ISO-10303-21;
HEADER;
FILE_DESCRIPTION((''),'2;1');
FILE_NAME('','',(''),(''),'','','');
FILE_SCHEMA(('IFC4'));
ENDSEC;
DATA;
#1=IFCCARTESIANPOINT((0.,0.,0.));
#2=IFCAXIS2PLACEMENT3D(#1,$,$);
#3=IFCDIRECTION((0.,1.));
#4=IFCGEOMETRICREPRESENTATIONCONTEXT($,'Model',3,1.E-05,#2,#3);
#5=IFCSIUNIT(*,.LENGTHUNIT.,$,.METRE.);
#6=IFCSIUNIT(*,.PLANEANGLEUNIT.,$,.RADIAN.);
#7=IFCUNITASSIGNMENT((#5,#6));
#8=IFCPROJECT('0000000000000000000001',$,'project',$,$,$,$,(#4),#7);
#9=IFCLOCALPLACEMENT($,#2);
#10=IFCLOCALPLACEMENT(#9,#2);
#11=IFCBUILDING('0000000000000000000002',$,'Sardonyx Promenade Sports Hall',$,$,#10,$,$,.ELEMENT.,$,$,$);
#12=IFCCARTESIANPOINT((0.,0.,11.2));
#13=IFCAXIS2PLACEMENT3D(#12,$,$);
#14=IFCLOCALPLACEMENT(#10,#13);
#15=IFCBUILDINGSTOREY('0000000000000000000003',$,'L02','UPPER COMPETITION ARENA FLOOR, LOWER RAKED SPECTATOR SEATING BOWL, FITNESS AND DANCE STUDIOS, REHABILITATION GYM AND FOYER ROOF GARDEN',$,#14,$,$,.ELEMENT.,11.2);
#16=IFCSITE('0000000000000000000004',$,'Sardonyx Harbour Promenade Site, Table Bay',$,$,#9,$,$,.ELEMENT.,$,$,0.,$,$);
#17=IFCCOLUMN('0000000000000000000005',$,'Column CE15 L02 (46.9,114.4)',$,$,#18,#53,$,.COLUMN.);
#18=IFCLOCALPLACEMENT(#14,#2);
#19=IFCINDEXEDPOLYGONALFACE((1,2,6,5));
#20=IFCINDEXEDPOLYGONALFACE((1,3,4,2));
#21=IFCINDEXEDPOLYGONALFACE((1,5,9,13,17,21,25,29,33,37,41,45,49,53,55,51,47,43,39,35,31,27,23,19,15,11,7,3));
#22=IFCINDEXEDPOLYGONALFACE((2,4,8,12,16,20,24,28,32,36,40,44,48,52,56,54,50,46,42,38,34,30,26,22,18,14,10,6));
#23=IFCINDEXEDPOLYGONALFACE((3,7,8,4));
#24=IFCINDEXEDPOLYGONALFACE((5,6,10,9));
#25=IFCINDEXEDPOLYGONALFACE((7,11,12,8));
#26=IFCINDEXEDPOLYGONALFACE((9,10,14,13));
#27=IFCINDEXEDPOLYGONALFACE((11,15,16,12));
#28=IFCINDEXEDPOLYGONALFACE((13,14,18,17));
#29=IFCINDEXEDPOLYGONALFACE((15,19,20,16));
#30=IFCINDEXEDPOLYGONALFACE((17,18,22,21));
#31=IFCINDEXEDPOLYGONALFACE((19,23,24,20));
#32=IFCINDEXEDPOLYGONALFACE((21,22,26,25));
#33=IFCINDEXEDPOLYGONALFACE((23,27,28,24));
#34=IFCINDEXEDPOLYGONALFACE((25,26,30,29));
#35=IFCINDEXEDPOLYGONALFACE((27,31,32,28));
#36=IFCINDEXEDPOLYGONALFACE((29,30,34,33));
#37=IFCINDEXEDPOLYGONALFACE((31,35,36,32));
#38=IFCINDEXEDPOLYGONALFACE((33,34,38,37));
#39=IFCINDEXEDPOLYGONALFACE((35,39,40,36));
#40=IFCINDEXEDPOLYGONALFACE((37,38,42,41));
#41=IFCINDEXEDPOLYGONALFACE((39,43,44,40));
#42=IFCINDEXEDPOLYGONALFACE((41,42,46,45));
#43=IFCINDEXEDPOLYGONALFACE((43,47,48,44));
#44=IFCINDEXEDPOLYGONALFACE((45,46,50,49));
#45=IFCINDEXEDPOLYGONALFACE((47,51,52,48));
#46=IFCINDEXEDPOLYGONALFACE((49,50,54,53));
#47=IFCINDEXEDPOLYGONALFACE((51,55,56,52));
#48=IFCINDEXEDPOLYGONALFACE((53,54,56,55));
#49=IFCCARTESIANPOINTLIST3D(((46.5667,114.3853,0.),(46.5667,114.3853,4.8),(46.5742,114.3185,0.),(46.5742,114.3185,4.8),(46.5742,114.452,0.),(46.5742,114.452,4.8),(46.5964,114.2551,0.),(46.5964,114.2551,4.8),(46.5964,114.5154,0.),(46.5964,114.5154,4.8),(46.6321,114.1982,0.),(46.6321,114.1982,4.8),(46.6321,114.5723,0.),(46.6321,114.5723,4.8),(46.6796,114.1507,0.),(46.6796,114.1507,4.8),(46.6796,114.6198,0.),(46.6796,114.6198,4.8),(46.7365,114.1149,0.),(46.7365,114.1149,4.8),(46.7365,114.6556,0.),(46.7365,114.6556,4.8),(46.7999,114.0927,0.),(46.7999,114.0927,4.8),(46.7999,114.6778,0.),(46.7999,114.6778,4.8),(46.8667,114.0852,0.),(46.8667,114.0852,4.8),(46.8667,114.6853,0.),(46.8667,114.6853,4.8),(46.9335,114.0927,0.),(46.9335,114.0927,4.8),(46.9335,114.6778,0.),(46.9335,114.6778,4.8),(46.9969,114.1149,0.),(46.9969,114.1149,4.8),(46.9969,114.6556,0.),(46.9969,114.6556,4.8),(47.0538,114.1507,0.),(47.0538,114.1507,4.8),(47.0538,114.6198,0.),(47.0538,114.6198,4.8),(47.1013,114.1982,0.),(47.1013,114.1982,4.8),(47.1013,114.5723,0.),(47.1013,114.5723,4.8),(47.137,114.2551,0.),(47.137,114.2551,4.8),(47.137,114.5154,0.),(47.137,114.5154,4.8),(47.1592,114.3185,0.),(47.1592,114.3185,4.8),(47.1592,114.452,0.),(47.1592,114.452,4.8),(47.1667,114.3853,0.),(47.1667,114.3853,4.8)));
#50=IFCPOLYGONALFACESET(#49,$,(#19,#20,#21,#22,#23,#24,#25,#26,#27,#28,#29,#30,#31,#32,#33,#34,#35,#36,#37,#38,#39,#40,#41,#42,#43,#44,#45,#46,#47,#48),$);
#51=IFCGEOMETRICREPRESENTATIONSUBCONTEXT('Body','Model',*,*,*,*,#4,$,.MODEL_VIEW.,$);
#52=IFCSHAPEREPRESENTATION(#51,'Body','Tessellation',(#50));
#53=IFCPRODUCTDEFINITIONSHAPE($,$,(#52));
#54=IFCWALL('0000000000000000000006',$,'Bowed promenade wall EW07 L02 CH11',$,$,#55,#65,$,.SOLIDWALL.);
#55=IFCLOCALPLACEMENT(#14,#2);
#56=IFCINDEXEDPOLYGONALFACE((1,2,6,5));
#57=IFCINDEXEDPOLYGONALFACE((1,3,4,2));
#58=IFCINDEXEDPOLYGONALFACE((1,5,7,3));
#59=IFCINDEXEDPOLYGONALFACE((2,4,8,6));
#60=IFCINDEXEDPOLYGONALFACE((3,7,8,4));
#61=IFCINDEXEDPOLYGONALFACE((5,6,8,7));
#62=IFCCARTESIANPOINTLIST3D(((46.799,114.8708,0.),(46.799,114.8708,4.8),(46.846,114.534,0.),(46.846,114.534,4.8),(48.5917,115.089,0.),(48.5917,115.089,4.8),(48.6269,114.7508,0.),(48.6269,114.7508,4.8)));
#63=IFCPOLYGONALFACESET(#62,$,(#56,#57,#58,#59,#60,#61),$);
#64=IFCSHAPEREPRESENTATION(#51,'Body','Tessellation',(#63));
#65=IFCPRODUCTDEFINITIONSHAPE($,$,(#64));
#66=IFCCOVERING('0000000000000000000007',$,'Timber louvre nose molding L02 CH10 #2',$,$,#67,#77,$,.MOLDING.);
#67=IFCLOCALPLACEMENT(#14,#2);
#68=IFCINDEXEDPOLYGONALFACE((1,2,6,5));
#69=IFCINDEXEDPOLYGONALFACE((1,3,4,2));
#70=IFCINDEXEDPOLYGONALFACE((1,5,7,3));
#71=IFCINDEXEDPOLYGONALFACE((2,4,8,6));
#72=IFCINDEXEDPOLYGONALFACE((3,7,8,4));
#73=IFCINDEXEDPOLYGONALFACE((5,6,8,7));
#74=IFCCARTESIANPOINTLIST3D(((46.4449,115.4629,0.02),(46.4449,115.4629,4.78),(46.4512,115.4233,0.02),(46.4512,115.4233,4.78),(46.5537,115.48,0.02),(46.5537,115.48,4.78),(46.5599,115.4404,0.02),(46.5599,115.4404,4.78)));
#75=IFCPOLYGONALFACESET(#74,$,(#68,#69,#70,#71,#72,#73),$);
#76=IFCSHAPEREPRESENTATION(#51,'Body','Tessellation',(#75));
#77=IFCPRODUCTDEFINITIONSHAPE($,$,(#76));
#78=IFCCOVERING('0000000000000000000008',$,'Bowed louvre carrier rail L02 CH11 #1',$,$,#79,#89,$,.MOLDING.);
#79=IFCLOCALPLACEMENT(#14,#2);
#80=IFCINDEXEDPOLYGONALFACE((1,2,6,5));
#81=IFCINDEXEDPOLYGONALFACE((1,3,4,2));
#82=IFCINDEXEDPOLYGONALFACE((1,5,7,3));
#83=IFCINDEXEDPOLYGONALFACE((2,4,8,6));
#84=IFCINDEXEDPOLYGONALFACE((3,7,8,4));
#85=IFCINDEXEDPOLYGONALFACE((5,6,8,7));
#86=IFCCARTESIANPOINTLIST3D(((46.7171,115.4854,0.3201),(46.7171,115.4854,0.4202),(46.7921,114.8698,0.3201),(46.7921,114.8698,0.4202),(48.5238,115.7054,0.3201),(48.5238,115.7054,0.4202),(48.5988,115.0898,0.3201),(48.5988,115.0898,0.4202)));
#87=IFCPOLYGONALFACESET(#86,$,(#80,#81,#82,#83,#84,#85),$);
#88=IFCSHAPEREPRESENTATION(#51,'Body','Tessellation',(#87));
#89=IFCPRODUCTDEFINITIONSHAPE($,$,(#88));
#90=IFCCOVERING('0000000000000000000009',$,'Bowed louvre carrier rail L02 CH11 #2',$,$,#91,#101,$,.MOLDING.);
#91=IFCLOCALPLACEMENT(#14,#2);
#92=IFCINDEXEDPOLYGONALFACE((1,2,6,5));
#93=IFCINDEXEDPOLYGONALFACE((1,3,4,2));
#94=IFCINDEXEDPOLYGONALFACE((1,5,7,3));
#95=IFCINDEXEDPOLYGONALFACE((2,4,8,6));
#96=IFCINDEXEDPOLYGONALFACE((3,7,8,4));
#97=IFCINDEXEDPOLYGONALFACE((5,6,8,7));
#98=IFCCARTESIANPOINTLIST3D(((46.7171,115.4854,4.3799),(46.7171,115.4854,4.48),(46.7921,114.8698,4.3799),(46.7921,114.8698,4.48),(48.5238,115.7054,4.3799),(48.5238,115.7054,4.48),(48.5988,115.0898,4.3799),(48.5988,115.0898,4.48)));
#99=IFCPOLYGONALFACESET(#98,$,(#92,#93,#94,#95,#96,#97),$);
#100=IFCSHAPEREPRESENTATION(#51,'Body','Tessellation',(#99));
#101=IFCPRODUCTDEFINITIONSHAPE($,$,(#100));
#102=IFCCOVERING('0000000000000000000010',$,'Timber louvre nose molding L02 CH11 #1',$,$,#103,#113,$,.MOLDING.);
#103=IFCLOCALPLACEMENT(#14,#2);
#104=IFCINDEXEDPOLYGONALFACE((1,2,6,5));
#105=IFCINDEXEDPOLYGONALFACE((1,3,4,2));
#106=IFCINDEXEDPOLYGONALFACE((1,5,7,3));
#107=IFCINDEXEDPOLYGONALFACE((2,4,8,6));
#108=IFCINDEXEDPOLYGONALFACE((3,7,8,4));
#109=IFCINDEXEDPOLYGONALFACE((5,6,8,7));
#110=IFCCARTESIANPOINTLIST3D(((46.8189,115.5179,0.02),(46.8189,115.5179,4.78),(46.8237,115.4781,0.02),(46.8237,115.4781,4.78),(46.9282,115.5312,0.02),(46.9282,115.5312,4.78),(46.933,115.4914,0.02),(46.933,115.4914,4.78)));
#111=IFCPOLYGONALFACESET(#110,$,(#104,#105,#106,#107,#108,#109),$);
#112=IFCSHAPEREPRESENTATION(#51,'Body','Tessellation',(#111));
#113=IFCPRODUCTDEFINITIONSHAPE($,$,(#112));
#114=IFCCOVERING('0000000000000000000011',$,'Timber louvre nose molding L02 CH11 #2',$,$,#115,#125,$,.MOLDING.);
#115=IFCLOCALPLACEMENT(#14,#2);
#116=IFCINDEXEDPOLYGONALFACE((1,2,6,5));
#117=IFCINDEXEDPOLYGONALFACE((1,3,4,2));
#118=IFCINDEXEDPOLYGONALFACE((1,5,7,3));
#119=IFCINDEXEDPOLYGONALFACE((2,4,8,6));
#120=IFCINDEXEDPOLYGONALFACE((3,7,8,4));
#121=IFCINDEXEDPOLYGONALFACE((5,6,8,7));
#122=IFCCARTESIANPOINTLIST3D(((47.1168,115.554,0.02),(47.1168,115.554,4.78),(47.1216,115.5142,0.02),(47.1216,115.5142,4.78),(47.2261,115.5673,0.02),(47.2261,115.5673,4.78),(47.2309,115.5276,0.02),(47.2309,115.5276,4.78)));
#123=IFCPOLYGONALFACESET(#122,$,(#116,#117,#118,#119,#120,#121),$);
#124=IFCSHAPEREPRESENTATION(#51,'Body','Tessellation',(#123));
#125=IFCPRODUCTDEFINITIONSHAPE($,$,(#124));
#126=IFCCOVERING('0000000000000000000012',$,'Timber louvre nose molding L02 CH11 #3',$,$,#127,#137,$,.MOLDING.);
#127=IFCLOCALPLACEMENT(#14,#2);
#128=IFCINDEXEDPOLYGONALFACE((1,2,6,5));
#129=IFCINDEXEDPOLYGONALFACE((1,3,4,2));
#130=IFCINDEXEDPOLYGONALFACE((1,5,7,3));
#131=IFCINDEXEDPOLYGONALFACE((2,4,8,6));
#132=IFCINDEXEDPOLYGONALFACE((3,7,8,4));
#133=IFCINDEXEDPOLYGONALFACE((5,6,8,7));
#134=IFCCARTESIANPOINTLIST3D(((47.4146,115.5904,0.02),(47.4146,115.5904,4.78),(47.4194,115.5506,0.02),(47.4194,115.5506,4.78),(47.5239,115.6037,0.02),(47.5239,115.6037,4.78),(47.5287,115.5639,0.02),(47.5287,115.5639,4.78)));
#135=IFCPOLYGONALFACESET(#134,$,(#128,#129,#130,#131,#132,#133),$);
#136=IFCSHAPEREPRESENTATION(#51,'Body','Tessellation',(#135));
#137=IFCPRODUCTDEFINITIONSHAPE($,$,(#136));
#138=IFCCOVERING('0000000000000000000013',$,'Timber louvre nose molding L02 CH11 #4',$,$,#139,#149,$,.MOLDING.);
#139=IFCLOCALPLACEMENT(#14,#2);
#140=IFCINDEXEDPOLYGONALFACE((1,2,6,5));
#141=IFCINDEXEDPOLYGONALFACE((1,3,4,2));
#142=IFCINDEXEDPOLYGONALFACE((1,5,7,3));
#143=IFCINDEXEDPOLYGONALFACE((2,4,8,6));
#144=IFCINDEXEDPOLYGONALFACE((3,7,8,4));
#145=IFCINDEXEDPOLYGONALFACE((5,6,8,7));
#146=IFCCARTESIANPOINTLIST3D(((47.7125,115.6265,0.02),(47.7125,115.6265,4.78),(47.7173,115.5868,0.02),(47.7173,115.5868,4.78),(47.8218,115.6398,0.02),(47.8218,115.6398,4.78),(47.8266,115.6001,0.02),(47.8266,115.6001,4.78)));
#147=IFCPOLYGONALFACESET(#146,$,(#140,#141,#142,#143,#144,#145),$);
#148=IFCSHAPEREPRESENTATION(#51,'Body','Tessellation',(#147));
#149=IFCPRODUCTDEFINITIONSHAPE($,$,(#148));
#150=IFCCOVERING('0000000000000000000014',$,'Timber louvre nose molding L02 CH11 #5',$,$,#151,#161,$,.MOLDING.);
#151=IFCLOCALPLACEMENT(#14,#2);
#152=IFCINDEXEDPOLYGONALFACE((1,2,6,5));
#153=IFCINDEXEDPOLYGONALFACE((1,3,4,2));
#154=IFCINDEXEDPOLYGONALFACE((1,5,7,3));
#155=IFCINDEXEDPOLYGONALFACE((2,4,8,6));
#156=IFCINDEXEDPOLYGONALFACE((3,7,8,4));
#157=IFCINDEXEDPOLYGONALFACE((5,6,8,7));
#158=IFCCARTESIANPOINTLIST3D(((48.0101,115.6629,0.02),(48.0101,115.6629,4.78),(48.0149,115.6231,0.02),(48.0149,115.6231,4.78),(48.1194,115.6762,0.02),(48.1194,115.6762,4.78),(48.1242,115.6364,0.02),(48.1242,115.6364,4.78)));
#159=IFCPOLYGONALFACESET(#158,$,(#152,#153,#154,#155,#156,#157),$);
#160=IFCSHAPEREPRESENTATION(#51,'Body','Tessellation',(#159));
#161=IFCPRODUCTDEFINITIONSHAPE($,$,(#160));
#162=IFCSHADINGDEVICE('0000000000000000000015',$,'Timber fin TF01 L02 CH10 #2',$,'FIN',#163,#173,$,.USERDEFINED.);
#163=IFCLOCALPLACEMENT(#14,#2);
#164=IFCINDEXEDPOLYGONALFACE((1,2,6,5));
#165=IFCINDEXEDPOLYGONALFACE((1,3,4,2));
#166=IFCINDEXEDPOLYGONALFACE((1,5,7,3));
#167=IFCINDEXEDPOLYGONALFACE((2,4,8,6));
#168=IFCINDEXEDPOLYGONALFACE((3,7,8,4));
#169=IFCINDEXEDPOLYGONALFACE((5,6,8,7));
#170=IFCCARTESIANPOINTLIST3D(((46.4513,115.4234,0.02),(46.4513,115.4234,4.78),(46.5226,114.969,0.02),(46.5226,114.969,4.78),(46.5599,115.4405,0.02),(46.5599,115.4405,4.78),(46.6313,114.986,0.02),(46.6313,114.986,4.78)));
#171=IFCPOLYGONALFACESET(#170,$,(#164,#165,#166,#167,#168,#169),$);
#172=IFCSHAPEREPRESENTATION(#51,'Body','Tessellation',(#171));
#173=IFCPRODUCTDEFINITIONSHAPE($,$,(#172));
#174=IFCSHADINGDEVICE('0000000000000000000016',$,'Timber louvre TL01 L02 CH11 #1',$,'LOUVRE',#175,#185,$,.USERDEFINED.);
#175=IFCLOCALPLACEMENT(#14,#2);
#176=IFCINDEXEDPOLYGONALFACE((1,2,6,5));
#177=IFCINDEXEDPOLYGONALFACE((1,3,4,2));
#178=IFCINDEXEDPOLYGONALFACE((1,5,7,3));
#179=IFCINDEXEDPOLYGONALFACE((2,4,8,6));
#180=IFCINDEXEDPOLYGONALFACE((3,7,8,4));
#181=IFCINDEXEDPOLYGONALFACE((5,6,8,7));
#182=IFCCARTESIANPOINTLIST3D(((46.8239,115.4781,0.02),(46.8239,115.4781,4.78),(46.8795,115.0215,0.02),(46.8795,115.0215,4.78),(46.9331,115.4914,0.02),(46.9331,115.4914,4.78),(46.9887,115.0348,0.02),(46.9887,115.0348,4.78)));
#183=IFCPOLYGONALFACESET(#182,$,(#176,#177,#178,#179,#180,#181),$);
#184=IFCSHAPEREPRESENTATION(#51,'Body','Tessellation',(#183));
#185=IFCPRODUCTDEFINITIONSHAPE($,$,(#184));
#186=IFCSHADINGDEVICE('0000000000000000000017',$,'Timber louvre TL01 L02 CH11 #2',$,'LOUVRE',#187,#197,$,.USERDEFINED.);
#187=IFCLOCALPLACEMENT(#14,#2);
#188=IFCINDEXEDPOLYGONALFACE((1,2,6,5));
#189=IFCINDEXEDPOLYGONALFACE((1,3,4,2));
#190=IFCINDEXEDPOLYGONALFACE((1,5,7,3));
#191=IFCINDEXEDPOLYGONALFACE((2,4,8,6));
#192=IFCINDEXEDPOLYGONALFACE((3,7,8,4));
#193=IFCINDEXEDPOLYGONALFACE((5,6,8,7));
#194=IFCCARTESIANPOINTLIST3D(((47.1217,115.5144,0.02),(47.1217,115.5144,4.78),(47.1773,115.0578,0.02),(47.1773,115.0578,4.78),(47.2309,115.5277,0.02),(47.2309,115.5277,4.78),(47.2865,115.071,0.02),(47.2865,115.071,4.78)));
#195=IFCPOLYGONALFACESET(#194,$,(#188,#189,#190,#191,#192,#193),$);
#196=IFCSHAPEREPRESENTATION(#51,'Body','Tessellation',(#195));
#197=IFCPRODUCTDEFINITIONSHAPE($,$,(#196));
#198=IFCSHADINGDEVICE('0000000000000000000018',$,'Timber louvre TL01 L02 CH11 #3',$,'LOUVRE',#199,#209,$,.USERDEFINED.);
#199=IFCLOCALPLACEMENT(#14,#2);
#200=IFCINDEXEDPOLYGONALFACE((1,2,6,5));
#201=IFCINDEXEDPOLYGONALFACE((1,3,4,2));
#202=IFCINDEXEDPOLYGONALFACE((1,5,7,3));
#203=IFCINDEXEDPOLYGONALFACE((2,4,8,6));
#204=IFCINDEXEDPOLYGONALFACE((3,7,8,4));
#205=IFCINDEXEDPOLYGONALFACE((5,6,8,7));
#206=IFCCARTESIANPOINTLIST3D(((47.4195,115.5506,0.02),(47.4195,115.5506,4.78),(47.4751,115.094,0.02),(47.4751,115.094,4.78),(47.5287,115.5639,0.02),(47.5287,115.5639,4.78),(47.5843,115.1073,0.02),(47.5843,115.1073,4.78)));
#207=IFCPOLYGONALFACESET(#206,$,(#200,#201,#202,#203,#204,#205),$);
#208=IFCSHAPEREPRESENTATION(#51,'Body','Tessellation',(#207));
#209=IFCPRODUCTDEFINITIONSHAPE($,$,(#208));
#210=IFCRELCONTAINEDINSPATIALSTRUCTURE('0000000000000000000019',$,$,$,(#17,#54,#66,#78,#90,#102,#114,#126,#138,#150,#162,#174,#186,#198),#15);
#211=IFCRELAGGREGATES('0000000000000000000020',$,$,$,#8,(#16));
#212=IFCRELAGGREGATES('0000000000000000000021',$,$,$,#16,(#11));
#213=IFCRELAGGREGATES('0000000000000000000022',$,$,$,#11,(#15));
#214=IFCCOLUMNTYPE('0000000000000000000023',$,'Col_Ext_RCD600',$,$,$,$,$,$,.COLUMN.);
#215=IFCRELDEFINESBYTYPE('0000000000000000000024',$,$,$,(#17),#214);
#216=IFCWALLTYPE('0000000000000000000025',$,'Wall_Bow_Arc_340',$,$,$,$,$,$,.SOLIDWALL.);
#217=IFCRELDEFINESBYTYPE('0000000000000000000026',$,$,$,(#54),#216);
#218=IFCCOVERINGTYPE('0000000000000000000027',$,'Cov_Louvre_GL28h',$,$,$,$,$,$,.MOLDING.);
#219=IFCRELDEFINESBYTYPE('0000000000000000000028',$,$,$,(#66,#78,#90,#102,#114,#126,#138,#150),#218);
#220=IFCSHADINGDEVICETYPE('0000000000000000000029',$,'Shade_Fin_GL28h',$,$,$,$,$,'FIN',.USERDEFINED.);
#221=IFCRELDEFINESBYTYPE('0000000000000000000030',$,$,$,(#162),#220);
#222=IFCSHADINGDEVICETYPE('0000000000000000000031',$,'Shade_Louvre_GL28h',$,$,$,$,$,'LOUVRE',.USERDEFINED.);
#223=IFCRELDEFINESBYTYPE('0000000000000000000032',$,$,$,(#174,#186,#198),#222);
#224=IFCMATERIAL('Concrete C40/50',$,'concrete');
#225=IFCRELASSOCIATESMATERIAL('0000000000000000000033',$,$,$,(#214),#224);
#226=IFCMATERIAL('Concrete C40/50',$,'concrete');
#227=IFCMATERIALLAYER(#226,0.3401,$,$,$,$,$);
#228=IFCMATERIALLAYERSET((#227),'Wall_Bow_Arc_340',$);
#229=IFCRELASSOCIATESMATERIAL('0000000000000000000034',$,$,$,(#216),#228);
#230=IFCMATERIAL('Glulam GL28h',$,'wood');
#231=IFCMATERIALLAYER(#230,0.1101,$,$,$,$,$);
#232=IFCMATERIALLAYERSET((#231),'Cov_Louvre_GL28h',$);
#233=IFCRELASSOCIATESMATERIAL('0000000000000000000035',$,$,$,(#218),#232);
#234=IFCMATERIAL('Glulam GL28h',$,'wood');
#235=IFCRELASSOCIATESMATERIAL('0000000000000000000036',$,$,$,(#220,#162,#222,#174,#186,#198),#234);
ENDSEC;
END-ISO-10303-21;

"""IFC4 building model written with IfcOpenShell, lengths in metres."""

from ifc_helpers import new_model, si_unit, direction, frame, origin, origin_2d, place, context, subcontext, project, spatial, polyline, rectangle, circle, outline, extrude, material, layer, layer_set, material_profile, profile_set, type_object, element, save


model = new_model("IFC4")

# Units and contexts
model_context = context("Model", 3, precision=1e-05, world=origin(), true_north=direction((0.0, 1.0)))
body_context = subcontext(model_context, "Body", "Model", "MODEL_VIEW")
ifc_project = project(units=[si_unit("LENGTHUNIT", "METRE"), si_unit("PLANEANGLEUNIT", "RADIAN")], contexts=[model_context])

# Site, building, storey
site_placement = place(None, origin())
site = spatial("IfcSite", under=ifc_project, at=site_placement, Name="Sardonyx Harbour Promenade Site, Table Bay", CompositionType="ELEMENT", RefElevation=0.0)
building_placement = place(site_placement, origin())
building = spatial("IfcBuilding", under=site, at=building_placement, Name="Sardonyx Promenade Sports Hall", CompositionType="ELEMENT")
storey_placement = place(building_placement, frame((0.0, 0.0, 11.2)))
storey = spatial("IfcBuildingStorey", under=building, at=storey_placement, Name="L02", Description="UPPER COMPETITION ARENA FLOOR, LOWER RAKED SPECTATOR SEATING BOWL, FITNESS AND DANCE STUDIOS, REHABILITATION GYM AND FOYER ROOF GARDEN", CompositionType="ELEMENT", Elevation=11.2)

# Column
ifc_material_1 = material(Name="Concrete C40/50", Category="concrete")
ifc_material_profile = material_profile(ifc_material_1, circle(Radius=0.3, at=origin_2d()))
ifc_profile_set = profile_set([ifc_material_profile], Name="Concrete C40/50")
column_type = type_object("IfcColumnType", Name="Col_Ext_RCD600", PredefinedType="COLUMN", material=ifc_profile_set)
column_placement = place(storey_placement, frame((46.8667, 114.3853, 0.0), z_axis=(0.0, 0.0, 1.0), x_axis=(1.0, 0.0, 0.0)))
element("IfcColumn", 1, at=column_placement, inside=storey, type_object=column_type, Name="Column CE15 L02 (46.9,114.4)", PredefinedType="COLUMN", context=body_context, shape_type="SweptSolid", body=[
    extrude(circle(Radius=0.3, at=origin_2d()), origin(), (0.0, 0.0, 1.0), 4.8),
])

# Wall
ifc_material_2 = material(Name="Concrete C40/50", Category="concrete")
ifc_layer_1 = layer(ifc_material_2, 0.3401)
ifc_layer_set_1 = layer_set([ifc_layer_1], Name="Wall_Bow_Arc_340")
wall_type = type_object("IfcWallType", Name="Wall_Bow_Arc_340", PredefinedType="SOLIDWALL", material=ifc_layer_set_1)
wall_placement = place(storey_placement, frame((46.8225, 114.7024, 0.0), z_axis=(0.0, 0.0, 1.0), x_axis=(0.992671, 0.120846, 0.0)))
element("IfcWall", 2, at=wall_placement, inside=storey, type_object=wall_type, Name="Bowed promenade wall EW07 L02 CH11", PredefinedType="SOLIDWALL", context=body_context, shape_type="SweptSolid", body=[
    extrude(outline(polyline([(0.0029, -0.17), (1.7971, -0.17), (1.8029, 0.17), (-0.0029, 0.17), (0.0029, -0.17)])), origin(), (0.0, 0.0, 1.0), 4.8),
])

# Coverings
ifc_material_3 = material(Name="Glulam GL28h", Category="wood")
ifc_layer_2 = layer(ifc_material_3, 0.1101)
ifc_layer_set_2 = layer_set([ifc_layer_2], Name="Cov_Louvre_GL28h")
covering_type = type_object("IfcCoveringType", Name="Cov_Louvre_GL28h", PredefinedType="MOLDING", material=ifc_layer_set_2)
covering_placement = place(storey_placement, frame((46.5024, 115.4517, 0.02), z_axis=(0.0, 0.0, 1.0), x_axis=(0.987891, 0.155148, 0.0)))
element("IfcCovering", 3, at=covering_placement, inside=storey, type_object=covering_type, Name="Timber louvre nose molding L02 CH10 #2", PredefinedType="MOLDING", context=body_context, shape_type="SweptSolid", body=[
    extrude(rectangle(XDim=0.1101, YDim=0.04, at=origin_2d()), origin(), (0.0, 0.0, 1.0), 4.76),
])
for number, where, z_axis, x_axis, name in (
    (4, (47.658, 115.2876, 0.3201), (0.0, 0.0, 1.0), (0.992669, 0.120863, 0.0), "Bowed louvre carrier rail L02 CH11 #1"),
    (5, (47.658, 115.2876, 4.3799), (0.0, 0.0, 1.0), (0.992669, 0.120863, 0.0), "Bowed louvre carrier rail L02 CH11 #2"),
):
    element("IfcCovering", number, at=place(storey_placement, frame(where, z_axis=z_axis, x_axis=x_axis)), inside=storey, type_object=covering_type, Name=name, PredefinedType="MOLDING", context=body_context, shape_type="SweptSolid", body=[
        extrude(rectangle(XDim=1.8201, YDim=0.6201, at=origin_2d()), origin(), (0.0, 0.0, 1.0), 0.1001),
    ])
for number, where, z_axis, x_axis, name in (
    (6, (46.876, 115.5046, 0.02), (0.0, 0.0, 1.0), (0.992669, 0.120863, 0.0), "Timber louvre nose molding L02 CH11 #1"),
    (7, (47.1738, 115.5408, 0.02), (0.0, 0.0, 1.0), (0.992669, 0.120863, 0.0), "Timber louvre nose molding L02 CH11 #2"),
    (8, (47.4717, 115.5771, 0.02), (0.0, 0.0, 1.0), (0.992669, 0.120863, 0.0), "Timber louvre nose molding L02 CH11 #3"),
    (9, (47.7695, 115.6133, 0.02), (0.0, 0.0, 1.0), (0.992669, 0.120863, 0.0), "Timber louvre nose molding L02 CH11 #4"),
    (10, (48.0671, 115.6497, 0.02), (0.0, 0.0, 1.0), (0.992669, 0.120863, 0.0), "Timber louvre nose molding L02 CH11 #5"),
):
    element("IfcCovering", number, at=place(storey_placement, frame(where, z_axis=z_axis, x_axis=x_axis)), inside=storey, type_object=covering_type, Name=name, PredefinedType="MOLDING", context=body_context, shape_type="SweptSolid", body=[
        extrude(rectangle(XDim=0.1101, YDim=0.04, at=origin_2d()), origin(), (0.0, 0.0, 1.0), 4.76),
    ])

# Shading devices
ifc_material_4 = material(Name="Glulam GL28h", Category="wood")
shading_device_type_1 = type_object("IfcShadingDeviceType", Name="Shade_Fin_GL28h", ElementType="FIN", PredefinedType="USERDEFINED", material=ifc_material_4)
shading_device_placement = place(storey_placement, frame((46.5413, 115.2047, 0.02), z_axis=(0.0, 0.0, 1.0), x_axis=(0.987891, 0.155148, 0.0)))
element("IfcShadingDevice", 11, at=shading_device_placement, inside=storey, type_object=shading_device_type_1, material=ifc_material_4, Name="Timber fin TF01 L02 CH10 #2", ObjectType="FIN", PredefinedType="USERDEFINED", context=body_context, shape_type="SweptSolid", body=[
    extrude(rectangle(XDim=0.11, YDim=0.46), origin(), (0.0, 0.0, 1.0), 4.76),
])
shading_device_type_2 = type_object("IfcShadingDeviceType", Name="Shade_Louvre_GL28h", ElementType="LOUVRE", PredefinedType="USERDEFINED", material=ifc_material_4)
for number, where, z_axis, x_axis, name in (
    (12, (46.9063, 115.2565, 0.02), (0.0, 0.0, 1.0), (0.992669, 0.120863, 0.0), "Timber louvre TL01 L02 CH11 #1"),
    (13, (47.2041, 115.2927, 0.02), (0.0, 0.0, 1.0), (0.992669, 0.120863, 0.0), "Timber louvre TL01 L02 CH11 #2"),
    (14, (47.5019, 115.329, 0.02), (0.0, 0.0, 1.0), (0.992669, 0.120863, 0.0), "Timber louvre TL01 L02 CH11 #3"),
):
    element("IfcShadingDevice", number, at=place(storey_placement, frame(where, z_axis=z_axis, x_axis=x_axis)), inside=storey, type_object=shading_device_type_2, material=ifc_material_4, Name=name, ObjectType="LOUVRE", PredefinedType="USERDEFINED", context=body_context, shape_type="SweptSolid", body=[
        extrude(rectangle(XDim=0.11, YDim=0.46), origin(), (0.0, 0.0, 1.0), 4.76),
    ])

save(model, "model.ifc")
